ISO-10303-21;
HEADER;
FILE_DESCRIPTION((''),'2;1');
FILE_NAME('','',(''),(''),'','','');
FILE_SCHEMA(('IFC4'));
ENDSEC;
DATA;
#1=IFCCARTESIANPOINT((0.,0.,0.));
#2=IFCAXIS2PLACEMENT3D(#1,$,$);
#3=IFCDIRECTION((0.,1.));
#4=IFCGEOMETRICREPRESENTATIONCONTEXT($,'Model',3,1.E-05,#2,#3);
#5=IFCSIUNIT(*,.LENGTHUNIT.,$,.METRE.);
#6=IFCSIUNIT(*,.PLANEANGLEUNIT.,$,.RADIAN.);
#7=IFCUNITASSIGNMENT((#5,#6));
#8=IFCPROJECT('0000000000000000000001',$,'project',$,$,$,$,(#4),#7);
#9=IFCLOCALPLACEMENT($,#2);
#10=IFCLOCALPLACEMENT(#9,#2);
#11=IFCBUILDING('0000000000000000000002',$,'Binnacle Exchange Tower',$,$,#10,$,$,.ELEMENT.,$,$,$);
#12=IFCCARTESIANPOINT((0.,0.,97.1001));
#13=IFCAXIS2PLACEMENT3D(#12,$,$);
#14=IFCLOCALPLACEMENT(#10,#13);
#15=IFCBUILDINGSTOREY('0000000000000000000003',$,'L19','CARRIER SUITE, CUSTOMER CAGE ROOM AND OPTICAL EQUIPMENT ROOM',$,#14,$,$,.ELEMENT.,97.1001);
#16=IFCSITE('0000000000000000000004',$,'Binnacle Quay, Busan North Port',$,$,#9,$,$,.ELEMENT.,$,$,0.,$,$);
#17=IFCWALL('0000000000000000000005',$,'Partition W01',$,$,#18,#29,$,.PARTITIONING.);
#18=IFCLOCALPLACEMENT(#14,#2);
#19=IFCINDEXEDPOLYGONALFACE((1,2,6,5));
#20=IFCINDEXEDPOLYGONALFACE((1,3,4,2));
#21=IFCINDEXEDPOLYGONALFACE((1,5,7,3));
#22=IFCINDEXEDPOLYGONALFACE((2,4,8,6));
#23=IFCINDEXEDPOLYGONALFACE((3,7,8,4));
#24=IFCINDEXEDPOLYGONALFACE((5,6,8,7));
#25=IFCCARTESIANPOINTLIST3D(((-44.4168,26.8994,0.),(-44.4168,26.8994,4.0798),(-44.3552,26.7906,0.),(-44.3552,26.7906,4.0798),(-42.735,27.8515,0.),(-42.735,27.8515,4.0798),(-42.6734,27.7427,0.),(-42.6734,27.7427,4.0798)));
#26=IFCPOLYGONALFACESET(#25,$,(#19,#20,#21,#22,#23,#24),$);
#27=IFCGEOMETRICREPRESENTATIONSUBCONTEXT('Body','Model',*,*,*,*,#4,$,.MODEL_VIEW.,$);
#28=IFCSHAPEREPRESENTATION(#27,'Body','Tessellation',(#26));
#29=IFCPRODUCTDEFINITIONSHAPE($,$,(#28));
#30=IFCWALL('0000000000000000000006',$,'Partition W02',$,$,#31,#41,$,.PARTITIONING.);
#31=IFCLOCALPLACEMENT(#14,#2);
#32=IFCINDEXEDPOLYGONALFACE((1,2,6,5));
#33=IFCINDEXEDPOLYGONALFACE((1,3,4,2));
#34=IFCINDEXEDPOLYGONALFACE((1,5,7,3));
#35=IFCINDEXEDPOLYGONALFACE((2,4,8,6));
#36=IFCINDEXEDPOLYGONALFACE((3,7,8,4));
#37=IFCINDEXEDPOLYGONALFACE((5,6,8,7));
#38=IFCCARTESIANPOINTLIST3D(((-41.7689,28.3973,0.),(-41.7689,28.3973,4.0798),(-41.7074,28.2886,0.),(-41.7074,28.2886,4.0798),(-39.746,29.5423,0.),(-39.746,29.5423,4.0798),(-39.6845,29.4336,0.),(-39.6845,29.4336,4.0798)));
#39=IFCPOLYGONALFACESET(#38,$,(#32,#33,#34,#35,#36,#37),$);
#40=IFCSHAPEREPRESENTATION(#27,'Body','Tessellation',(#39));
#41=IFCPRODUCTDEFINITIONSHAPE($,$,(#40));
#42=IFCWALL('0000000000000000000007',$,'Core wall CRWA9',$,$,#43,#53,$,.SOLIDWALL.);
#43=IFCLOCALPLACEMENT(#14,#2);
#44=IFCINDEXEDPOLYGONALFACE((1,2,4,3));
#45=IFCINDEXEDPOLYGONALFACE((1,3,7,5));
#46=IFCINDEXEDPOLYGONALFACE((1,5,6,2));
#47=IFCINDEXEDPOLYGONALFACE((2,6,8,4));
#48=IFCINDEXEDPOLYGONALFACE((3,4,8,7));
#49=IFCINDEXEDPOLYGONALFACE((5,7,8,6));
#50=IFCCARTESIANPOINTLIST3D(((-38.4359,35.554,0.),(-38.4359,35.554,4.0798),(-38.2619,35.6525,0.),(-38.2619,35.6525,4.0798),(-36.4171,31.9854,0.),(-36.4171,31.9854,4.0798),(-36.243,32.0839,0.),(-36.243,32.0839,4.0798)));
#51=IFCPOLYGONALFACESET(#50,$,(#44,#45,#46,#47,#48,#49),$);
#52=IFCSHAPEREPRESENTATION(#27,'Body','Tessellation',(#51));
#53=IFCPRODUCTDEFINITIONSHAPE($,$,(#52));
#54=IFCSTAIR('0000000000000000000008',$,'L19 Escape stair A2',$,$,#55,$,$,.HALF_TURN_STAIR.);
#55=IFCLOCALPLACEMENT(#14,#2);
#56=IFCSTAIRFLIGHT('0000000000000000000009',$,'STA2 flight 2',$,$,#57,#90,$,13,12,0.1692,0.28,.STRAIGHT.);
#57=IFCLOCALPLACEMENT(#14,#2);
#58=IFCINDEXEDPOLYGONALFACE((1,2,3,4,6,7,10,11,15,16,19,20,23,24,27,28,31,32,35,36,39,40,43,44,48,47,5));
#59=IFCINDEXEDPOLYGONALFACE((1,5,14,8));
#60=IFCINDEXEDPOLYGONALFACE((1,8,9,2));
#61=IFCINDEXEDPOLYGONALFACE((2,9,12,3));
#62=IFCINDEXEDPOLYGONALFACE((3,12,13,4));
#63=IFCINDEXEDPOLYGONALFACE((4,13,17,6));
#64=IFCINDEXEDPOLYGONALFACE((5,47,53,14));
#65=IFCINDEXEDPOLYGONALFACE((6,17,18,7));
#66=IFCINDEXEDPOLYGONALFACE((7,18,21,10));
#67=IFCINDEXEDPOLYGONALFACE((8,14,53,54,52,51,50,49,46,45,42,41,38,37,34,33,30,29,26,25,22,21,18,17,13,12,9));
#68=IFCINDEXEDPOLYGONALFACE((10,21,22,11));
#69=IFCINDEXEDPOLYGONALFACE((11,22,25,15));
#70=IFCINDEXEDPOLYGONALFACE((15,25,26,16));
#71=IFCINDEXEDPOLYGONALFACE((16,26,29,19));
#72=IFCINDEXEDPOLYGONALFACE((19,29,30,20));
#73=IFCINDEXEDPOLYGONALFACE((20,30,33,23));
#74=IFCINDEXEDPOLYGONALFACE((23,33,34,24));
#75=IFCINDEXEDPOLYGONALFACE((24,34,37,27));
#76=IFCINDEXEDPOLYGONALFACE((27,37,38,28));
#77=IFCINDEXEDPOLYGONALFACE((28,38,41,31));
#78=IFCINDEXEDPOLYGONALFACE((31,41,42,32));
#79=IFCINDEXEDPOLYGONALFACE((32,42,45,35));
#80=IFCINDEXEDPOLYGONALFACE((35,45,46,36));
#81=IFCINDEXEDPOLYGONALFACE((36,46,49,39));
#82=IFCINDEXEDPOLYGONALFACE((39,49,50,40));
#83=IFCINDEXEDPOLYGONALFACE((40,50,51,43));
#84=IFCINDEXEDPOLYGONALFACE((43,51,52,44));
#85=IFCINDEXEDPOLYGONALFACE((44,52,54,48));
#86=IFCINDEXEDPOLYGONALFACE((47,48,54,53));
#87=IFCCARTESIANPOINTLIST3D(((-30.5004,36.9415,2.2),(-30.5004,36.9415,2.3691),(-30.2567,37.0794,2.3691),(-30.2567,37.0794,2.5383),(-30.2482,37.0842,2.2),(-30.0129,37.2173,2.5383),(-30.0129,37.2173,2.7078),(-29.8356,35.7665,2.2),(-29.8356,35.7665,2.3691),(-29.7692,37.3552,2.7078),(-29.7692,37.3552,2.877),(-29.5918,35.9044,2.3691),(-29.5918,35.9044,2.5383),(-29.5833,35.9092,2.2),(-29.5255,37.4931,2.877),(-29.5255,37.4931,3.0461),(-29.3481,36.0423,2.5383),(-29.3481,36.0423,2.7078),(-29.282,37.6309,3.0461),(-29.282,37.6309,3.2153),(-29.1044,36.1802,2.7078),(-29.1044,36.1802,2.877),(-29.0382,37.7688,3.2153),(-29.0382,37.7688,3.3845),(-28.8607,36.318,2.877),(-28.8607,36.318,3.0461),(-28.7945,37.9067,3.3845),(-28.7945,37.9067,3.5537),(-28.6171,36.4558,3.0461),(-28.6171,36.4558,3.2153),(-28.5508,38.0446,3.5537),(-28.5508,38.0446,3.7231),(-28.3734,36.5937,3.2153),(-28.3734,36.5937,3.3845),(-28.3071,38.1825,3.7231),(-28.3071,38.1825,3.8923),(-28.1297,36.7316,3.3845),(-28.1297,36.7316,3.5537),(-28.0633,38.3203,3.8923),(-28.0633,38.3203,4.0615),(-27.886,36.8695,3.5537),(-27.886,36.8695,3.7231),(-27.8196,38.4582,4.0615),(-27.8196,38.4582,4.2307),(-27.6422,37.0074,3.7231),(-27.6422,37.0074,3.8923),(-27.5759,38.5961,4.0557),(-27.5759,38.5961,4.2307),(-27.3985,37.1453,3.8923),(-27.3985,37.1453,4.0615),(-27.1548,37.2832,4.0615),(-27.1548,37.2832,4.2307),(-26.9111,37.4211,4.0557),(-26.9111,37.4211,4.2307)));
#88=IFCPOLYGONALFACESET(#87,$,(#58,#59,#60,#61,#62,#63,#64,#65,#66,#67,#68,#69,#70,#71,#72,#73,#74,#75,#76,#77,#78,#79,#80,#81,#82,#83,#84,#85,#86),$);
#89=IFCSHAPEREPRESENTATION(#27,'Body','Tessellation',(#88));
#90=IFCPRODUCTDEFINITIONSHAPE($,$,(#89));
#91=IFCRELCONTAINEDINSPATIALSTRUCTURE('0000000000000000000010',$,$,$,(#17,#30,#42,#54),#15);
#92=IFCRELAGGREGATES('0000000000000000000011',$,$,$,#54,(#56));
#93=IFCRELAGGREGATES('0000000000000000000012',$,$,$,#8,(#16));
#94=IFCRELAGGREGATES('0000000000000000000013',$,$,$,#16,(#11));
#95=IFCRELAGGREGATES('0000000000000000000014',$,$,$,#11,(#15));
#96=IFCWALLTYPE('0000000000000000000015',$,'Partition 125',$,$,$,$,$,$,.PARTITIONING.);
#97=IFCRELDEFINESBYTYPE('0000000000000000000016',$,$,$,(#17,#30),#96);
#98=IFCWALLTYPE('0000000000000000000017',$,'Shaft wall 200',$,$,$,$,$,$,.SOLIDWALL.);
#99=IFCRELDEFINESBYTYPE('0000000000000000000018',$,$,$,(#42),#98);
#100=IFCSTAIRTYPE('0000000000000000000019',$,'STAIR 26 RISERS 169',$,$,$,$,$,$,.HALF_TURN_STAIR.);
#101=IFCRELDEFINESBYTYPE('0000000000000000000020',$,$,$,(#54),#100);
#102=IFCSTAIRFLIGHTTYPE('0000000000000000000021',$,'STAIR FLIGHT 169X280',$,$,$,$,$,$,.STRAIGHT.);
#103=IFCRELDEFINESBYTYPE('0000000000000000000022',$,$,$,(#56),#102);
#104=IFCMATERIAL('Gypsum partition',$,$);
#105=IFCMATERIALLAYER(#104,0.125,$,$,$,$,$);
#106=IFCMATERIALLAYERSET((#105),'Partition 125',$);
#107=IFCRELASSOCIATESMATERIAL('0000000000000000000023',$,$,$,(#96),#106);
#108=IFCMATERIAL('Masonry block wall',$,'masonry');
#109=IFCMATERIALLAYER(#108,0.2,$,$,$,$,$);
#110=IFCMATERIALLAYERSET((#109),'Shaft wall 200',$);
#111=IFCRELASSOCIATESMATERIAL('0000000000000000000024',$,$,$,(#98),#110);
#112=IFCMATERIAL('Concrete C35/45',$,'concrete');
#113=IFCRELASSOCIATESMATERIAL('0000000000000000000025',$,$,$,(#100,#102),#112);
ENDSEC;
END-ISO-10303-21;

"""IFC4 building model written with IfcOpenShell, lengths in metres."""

from ifc_helpers import new_model, si_unit, direction, frame, frame_2d, origin, place, context, subcontext, project, spatial, polyline, rectangle, outline, extrude, material, layer, layer_set, type_object, element, aggregate, save


model = new_model("IFC4")

# Units and contexts
model_context = context("Model", 3, precision=1e-05, world=origin(), true_north=direction((0.0, 1.0)))
body_context = subcontext(model_context, "Body", "Model", "MODEL_VIEW")
ifc_project = project(units=[si_unit("LENGTHUNIT", "METRE"), si_unit("PLANEANGLEUNIT", "RADIAN")], contexts=[model_context])

# Site, building, storey
site_placement = place(None, origin())
site = spatial("IfcSite", under=ifc_project, at=site_placement, Name="Binnacle Quay, Busan North Port", CompositionType="ELEMENT", RefElevation=0.0)
building_placement = place(site_placement, origin())
building = spatial("IfcBuilding", under=site, at=building_placement, Name="Binnacle Exchange Tower", CompositionType="ELEMENT")
storey_placement = place(building_placement, frame((0.0, 0.0, 97.1001)))
storey = spatial("IfcBuildingStorey", under=building, at=storey_placement, Name="L19", Description="CARRIER SUITE, CUSTOMER CAGE ROOM AND OPTICAL EQUIPMENT ROOM", CompositionType="ELEMENT", Elevation=97.1001)

# Walls
ifc_material_1 = material(Name="Gypsum partition")
ifc_layer_1 = layer(ifc_material_1, 0.125)
ifc_layer_set_1 = layer_set([ifc_layer_1], Name="Partition 125")
wall_type_1 = type_object("IfcWallType", Name="Partition 125", PredefinedType="PARTITIONING", material=ifc_layer_set_1)
wall_1_placement = place(storey_placement, frame((-44.386, 26.845, 0.0), z_axis=(0.0, 0.0, 1.0), x_axis=(0.870226, 0.492652, 0.0)))
element("IfcWall", 1, at=wall_1_placement, inside=storey, type_object=wall_type_1, Name="Partition W01", PredefinedType="PARTITIONING", context=body_context, shape_type="SweptSolid", body=[
    extrude(rectangle(XDim=1.9326, YDim=0.125, at=frame_2d((0.9663, 0.0))), origin(), (0.0, 0.0, 1.0), 4.0798),
])
wall_2_placement = place(storey_placement, frame((-41.738, 28.343, 0.0), z_axis=(0.0, 0.0, 1.0), x_axis=(0.870265, 0.492583, 0.0)))
element("IfcWall", 2, at=wall_2_placement, inside=storey, type_object=wall_type_1, Name="Partition W02", PredefinedType="PARTITIONING", context=body_context, shape_type="SweptSolid", body=[
    extrude(rectangle(XDim=2.3245, YDim=0.125, at=frame_2d((1.1621, 0.0))), origin(), (0.0, 0.0, 1.0), 4.0798),
])
ifc_material_2 = material(Name="Masonry block wall", Category="masonry")
ifc_layer_2 = layer(ifc_material_2, 0.2)
ifc_layer_set_2 = layer_set([ifc_layer_2], Name="Shaft wall 200")
wall_type_2 = type_object("IfcWallType", Name="Shaft wall 200", PredefinedType="SOLIDWALL", material=ifc_layer_set_2)
wall_3_placement = place(storey_placement, frame((-38.3489, 35.6033, 0.0), z_axis=(0.0, 0.0, 1.0), x_axis=(0.492383, -0.870379, 0.0)))
element("IfcWall", 3, at=wall_3_placement, inside=storey, type_object=wall_type_2, Name="Core wall CRWA9", PredefinedType="SOLIDWALL", context=body_context, shape_type="SweptSolid", body=[
    extrude(rectangle(XDim=4.1001, YDim=0.2, at=frame_2d((2.05, 0.0))), origin(), (0.0, 0.0, 1.0), 4.0798),
])

# Stair, stair flight
ifc_material_3 = material(Name="Concrete C35/45", Category="concrete")
stair_type = type_object("IfcStairType", Name="STAIR 26 RISERS 169", PredefinedType="HALF_TURN_STAIR", material=ifc_material_3)
stair_placement = place(storey_placement, origin())
stair = element("IfcStair", 4, at=stair_placement, inside=storey, type_object=stair_type, Name="L19 Escape stair A2", PredefinedType="HALF_TURN_STAIR")
stair_flight_type = type_object("IfcStairFlightType", Name="STAIR FLIGHT 169X280", PredefinedType="STRAIGHT", material=ifc_material_3)
stair_flight_placement = place(storey_placement, frame((-30.168, 36.354, 2.2), z_axis=(0.0, 0.0, 1.0), x_axis=(0.870356, 0.492424, 0.0)))
stair_flight = element("IfcStairFlight", 5, at=stair_flight_placement, type_object=stair_flight_type, Name="STA2 flight 2", NumberOfRisers=13, NumberOfTreads=12, PredefinedType="STRAIGHT", RiserHeight=0.1692, TreadLength=0.28, context=body_context, shape_type="SweptSolid", body=[
    extrude(outline(polyline([(0.0, 0.0), (0.0, 0.1692), (0.28, 0.1692), (0.28, 0.3384), (0.5601, 0.3384), (0.5601, 0.5078), (0.8401, 0.5078), (0.8401, 0.677), (1.1201, 0.677), (1.1201, 0.8462), (1.3999, 0.8462), (1.3999, 1.0154), (1.6799, 1.0154), (1.6799, 1.1846), (1.96, 1.1846), (1.96, 1.3538), (2.24, 1.3538), (2.24, 1.5232), (2.52, 1.5232), (2.52, 1.6924), (2.8, 1.6924), (2.8, 1.8616), (3.0801, 1.8616), (3.0801, 2.0308), (3.3601, 2.0308), (3.3601, 2.2), (3.3601, 1.8557), (0.2898, 0.0), (0.0, 0.0)])), frame((0.0, 0.675, 0.0), z_axis=(0.0, -1.0, 0.0), x_axis=(1.0, 0.0, 0.0)), (0.0, 0.0, 1.0), 1.3501),
])
aggregate(stair, [stair_flight])

save(model, "model.ifc")
